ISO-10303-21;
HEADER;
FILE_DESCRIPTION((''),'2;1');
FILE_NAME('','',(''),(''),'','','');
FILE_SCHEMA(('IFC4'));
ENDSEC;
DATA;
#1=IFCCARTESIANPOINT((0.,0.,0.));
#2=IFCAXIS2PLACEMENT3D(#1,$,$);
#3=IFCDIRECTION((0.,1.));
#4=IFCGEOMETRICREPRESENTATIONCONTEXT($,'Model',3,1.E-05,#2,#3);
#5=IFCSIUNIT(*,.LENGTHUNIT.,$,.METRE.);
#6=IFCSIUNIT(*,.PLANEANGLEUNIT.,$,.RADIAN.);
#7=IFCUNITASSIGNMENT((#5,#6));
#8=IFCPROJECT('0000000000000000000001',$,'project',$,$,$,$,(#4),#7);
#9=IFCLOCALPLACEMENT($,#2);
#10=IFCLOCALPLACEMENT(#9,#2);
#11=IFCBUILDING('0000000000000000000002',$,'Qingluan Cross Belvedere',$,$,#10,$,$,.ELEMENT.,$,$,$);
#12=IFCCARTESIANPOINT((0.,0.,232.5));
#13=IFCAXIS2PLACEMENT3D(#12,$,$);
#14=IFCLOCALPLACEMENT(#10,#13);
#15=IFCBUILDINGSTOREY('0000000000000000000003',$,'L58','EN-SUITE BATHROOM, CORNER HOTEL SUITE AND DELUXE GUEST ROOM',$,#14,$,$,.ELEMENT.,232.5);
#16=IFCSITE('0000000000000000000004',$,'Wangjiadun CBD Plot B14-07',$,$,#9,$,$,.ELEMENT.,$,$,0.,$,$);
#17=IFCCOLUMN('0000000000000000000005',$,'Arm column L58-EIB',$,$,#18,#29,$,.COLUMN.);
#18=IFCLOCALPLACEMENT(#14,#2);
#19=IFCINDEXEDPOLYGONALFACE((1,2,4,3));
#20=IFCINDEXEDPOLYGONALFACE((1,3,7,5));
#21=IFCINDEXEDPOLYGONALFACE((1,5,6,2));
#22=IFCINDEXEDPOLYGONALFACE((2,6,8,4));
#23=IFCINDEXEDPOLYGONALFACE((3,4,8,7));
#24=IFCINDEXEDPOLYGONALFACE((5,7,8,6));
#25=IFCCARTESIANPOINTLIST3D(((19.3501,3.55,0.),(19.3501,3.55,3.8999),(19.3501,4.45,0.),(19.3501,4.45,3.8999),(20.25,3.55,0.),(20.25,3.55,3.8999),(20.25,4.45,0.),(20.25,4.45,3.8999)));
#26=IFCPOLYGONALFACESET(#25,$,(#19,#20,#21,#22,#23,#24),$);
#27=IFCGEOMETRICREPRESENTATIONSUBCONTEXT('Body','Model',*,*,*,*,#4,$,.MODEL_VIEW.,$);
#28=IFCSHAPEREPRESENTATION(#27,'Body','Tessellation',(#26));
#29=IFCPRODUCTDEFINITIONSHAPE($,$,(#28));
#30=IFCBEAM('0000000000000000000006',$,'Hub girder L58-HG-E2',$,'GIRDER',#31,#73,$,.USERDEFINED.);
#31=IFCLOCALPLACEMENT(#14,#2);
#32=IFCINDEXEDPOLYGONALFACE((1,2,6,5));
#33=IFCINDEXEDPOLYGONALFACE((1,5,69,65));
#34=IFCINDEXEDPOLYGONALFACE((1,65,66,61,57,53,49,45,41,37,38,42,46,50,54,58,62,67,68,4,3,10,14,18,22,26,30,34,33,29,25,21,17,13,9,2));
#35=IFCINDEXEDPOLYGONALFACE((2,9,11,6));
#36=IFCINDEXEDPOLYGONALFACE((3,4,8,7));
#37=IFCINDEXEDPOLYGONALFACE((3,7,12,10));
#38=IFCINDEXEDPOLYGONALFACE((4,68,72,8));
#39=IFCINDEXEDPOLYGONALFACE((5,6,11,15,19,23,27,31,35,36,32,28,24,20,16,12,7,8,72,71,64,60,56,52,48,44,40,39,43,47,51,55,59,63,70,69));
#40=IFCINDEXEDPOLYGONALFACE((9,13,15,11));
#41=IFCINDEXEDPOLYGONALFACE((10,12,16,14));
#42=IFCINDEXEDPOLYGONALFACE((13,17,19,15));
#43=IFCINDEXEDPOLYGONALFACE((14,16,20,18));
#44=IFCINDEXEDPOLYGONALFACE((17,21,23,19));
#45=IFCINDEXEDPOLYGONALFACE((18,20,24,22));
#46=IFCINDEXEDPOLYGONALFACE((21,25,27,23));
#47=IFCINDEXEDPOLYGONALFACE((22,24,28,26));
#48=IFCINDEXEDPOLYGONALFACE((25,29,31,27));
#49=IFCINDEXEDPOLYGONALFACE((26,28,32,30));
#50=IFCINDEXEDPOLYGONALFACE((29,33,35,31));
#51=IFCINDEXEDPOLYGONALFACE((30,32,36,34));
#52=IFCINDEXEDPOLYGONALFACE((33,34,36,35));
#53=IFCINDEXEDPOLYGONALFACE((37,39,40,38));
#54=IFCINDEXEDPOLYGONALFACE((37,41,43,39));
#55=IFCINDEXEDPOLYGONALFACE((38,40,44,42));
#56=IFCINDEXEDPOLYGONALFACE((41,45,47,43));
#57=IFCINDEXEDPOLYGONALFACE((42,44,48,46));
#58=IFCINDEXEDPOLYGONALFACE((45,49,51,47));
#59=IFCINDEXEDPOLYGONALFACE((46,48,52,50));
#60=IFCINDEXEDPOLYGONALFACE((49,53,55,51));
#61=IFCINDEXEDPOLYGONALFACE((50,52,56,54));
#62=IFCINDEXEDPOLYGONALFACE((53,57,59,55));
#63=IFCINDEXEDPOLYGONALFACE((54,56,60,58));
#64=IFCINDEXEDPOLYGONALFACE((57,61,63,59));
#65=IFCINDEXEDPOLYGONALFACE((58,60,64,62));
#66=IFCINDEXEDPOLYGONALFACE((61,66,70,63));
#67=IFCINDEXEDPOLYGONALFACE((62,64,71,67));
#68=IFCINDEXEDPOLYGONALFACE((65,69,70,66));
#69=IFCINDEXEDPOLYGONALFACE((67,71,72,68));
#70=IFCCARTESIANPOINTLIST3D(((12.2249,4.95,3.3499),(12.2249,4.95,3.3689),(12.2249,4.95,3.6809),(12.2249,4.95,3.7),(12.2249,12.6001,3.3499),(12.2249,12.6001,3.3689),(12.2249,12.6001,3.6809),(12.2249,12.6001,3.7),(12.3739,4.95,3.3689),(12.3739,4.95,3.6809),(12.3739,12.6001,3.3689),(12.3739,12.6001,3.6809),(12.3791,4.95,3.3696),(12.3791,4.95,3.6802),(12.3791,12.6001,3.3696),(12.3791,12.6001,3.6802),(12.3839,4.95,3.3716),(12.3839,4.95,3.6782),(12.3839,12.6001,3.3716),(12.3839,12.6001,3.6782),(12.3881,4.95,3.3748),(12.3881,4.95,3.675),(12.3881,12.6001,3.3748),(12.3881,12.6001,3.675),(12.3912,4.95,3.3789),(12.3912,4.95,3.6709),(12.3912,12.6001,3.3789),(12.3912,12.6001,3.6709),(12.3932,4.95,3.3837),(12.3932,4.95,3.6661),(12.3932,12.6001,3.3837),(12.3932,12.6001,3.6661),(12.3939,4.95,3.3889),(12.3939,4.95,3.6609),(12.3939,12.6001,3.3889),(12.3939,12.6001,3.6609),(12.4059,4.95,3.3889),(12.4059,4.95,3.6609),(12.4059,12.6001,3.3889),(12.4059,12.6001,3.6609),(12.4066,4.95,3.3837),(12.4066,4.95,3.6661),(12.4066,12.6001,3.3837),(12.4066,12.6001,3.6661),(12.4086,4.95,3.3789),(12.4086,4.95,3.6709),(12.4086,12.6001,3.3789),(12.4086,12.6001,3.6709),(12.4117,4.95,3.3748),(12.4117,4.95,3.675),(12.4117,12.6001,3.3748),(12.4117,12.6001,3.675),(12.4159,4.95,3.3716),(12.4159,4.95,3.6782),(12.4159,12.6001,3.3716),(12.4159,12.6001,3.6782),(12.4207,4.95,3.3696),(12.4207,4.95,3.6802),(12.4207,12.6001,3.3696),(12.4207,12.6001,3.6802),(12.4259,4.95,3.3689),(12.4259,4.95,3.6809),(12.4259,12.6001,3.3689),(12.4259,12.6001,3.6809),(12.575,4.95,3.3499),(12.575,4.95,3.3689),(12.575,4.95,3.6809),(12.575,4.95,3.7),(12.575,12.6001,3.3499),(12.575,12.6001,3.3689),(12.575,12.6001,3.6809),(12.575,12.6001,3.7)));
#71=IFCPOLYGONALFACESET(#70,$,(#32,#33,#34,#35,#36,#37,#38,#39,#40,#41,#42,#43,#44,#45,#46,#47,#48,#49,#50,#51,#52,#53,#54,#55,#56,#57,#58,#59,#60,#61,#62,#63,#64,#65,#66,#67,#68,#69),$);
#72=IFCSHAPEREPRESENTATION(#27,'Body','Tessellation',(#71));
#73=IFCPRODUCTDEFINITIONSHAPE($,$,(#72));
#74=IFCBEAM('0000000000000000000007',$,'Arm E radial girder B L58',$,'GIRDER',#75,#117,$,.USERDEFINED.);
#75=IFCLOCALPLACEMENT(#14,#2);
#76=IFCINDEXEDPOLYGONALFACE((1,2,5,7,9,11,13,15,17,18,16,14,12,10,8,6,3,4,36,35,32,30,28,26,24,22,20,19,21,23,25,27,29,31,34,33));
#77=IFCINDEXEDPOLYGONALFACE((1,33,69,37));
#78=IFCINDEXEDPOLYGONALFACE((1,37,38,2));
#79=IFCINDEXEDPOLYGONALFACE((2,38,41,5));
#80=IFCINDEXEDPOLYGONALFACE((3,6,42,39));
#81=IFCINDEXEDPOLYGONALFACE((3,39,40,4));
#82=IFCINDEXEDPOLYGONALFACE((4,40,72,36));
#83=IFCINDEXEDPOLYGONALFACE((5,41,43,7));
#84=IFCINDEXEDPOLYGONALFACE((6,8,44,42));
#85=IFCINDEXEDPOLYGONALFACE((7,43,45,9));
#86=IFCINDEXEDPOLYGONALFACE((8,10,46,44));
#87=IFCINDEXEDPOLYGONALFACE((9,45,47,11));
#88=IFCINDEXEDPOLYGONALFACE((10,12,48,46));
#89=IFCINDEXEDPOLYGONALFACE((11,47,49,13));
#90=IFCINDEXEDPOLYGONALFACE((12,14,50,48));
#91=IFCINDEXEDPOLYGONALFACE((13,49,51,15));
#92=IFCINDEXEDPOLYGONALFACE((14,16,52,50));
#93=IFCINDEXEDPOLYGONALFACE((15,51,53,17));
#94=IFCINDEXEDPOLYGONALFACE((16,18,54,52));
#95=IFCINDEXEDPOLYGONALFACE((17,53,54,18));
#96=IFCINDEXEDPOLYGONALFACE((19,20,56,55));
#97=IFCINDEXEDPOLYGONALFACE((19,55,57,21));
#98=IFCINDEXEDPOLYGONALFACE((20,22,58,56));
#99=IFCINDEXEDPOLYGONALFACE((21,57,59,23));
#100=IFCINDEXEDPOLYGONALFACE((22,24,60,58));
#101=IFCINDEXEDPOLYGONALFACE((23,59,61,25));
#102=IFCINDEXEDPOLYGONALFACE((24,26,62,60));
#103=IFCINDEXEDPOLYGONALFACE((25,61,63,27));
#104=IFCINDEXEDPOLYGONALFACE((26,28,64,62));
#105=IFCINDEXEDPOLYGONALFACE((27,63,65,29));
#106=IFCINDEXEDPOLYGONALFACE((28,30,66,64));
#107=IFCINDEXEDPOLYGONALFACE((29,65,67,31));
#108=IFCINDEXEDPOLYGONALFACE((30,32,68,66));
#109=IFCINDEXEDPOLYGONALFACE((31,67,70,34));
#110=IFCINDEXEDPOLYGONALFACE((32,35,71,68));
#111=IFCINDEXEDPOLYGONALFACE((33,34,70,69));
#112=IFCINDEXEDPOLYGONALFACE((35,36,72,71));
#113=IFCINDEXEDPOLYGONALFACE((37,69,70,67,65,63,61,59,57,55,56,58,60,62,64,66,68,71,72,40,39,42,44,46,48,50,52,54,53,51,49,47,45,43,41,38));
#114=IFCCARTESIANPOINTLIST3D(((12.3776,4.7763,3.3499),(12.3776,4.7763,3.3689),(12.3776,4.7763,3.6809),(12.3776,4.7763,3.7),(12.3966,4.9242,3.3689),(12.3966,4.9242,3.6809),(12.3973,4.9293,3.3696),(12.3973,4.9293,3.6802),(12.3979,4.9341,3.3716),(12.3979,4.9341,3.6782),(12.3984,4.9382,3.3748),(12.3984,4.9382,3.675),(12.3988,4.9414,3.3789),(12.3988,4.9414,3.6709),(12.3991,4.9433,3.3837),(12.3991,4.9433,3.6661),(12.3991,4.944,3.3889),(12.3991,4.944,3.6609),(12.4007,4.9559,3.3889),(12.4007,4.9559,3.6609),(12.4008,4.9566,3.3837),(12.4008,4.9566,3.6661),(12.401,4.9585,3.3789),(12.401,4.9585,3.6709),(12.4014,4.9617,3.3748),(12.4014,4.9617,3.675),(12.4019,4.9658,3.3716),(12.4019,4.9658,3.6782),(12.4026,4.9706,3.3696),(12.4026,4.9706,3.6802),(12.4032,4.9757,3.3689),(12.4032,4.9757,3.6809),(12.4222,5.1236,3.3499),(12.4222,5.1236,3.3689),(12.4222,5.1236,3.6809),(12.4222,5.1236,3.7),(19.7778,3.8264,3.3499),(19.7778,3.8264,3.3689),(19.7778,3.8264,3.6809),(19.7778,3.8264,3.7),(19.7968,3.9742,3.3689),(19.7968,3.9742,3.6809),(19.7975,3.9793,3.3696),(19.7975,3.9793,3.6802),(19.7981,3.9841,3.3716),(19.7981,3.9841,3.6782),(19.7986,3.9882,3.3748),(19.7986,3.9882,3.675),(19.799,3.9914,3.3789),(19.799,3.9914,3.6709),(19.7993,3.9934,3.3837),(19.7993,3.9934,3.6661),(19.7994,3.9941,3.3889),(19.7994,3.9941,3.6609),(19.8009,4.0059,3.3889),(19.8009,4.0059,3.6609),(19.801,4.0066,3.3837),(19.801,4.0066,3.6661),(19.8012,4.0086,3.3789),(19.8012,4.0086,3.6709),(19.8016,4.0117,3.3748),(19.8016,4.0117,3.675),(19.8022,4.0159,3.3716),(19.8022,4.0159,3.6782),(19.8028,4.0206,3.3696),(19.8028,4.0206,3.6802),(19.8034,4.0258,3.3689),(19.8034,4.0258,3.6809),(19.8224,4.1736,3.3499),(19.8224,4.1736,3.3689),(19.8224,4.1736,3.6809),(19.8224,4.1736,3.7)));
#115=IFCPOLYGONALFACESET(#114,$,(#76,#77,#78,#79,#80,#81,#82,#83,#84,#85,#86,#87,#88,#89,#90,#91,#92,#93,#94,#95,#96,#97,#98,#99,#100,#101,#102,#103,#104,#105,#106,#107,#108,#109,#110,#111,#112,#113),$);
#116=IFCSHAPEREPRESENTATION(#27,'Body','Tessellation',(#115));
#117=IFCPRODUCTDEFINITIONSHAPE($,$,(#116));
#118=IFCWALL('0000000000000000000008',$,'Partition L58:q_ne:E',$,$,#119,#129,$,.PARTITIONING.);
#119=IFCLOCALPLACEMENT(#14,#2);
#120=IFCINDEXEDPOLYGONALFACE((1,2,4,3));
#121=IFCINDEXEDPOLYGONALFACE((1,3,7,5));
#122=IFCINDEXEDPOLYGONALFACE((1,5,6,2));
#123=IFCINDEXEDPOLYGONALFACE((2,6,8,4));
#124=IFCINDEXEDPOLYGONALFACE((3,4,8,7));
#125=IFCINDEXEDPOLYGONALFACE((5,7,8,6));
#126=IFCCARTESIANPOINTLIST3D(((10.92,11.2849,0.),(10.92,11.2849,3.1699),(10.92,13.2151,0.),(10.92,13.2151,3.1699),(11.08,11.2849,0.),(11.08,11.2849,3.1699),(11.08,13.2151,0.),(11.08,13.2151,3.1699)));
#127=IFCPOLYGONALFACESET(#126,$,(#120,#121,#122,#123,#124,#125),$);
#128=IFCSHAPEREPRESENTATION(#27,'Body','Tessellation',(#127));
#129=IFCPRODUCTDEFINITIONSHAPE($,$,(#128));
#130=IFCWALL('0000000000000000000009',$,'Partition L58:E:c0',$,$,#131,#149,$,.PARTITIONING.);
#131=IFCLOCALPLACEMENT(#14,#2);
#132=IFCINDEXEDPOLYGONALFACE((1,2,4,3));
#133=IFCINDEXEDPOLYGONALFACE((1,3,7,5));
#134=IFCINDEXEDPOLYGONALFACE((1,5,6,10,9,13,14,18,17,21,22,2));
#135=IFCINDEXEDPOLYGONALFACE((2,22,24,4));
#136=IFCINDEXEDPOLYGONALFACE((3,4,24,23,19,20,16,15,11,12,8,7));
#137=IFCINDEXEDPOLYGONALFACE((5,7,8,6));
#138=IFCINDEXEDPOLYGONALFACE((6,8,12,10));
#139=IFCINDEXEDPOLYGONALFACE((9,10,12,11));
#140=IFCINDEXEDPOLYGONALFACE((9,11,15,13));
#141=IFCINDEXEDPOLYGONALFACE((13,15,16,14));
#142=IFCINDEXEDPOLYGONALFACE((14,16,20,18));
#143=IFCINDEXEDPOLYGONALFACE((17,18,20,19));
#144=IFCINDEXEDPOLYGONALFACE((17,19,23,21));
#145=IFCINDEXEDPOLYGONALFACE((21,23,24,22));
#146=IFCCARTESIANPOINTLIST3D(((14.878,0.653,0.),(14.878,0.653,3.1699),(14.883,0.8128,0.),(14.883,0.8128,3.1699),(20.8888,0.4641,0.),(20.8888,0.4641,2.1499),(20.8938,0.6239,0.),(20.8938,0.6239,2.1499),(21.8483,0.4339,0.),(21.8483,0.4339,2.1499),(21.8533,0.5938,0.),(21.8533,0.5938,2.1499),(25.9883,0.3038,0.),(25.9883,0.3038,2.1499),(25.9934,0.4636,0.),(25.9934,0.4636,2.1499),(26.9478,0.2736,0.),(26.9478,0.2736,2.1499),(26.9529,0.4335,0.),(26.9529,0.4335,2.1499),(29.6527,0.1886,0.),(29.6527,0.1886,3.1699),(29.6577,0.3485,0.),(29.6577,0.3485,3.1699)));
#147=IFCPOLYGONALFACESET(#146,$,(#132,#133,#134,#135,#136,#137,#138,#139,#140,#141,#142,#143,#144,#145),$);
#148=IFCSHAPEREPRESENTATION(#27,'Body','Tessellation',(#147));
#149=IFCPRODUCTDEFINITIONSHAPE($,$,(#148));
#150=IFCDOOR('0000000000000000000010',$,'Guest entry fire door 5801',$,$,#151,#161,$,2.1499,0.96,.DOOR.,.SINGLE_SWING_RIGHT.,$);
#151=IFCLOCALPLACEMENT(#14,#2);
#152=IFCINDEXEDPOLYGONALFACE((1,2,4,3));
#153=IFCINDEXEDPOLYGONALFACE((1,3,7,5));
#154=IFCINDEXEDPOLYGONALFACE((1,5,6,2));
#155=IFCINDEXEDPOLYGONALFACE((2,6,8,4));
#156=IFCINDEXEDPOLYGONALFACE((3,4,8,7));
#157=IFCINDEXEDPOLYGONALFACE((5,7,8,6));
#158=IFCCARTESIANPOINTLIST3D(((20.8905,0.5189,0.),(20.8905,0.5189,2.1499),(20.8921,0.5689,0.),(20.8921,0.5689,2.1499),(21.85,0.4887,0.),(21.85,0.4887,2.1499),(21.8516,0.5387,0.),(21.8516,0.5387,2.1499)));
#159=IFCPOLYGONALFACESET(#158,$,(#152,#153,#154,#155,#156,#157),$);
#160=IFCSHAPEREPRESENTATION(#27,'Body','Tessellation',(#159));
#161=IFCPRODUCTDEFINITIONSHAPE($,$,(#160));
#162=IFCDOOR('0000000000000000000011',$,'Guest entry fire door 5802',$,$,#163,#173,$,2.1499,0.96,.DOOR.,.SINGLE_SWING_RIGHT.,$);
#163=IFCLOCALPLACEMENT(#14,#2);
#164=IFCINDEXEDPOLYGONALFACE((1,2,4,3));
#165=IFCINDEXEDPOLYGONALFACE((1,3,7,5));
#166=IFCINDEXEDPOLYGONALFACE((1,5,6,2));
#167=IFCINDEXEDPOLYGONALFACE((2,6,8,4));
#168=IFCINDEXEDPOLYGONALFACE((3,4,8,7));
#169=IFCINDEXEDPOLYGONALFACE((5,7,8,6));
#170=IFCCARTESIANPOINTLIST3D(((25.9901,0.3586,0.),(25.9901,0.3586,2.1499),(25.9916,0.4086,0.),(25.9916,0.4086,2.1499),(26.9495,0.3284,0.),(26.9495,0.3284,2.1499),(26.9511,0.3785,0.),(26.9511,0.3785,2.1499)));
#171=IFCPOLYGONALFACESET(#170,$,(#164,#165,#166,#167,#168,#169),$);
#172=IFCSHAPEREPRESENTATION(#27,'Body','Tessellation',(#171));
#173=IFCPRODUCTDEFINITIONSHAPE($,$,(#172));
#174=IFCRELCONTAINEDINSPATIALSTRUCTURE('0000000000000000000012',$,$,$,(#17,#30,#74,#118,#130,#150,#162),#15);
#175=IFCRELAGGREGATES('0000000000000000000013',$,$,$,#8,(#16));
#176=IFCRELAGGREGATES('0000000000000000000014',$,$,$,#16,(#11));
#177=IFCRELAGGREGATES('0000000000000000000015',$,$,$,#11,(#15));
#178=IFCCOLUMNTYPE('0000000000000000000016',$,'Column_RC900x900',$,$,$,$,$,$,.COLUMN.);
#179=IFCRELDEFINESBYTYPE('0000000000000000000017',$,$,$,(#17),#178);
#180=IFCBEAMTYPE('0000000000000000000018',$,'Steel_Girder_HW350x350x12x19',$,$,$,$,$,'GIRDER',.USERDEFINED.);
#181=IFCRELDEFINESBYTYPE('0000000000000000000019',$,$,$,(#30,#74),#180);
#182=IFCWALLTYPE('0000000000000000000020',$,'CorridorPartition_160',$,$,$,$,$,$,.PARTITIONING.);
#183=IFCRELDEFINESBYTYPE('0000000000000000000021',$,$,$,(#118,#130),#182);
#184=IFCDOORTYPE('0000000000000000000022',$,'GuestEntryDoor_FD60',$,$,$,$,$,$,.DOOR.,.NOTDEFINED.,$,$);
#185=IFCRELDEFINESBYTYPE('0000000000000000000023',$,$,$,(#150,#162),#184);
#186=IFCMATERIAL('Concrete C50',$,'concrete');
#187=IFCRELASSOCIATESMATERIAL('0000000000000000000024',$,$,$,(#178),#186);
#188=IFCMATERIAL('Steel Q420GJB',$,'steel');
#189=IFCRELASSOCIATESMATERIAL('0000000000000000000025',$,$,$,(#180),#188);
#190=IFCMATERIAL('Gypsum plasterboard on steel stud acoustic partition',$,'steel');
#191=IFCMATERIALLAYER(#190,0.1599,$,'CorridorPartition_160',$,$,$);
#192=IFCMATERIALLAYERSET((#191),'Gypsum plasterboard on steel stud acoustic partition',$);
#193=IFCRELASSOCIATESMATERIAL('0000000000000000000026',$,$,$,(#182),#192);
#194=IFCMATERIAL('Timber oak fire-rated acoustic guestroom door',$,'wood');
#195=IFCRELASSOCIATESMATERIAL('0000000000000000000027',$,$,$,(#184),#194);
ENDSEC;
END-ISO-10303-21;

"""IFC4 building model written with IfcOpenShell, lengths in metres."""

from ifc_helpers import new_model, si_unit, direction, frame, frame_2d, origin, origin_2d, place, context, subcontext, project, spatial, rectangle, i_section, extrude, material, layer, layer_set, material_profile, profile_set, type_object, element, fill, save


model = new_model("IFC4")

# Units and contexts
model_context = context("Model", 3, precision=1e-05, world=origin(), true_north=direction((0.0, 1.0)))
body_context = subcontext(model_context, "Body", "Model", "MODEL_VIEW")
ifc_project = project(units=[si_unit("LENGTHUNIT", "METRE"), si_unit("PLANEANGLEUNIT", "RADIAN")], contexts=[model_context])

# Site, building, storey
site_placement = place(None, origin())
site = spatial("IfcSite", under=ifc_project, at=site_placement, Name="Wangjiadun CBD Plot B14-07", CompositionType="ELEMENT", RefElevation=0.0)
building_placement = place(site_placement, origin())
building = spatial("IfcBuilding", under=site, at=building_placement, Name="Qingluan Cross Belvedere", CompositionType="ELEMENT")
storey_placement = place(building_placement, frame((0.0, 0.0, 232.5)))
storey = spatial("IfcBuildingStorey", under=building, at=storey_placement, Name="L58", Description="EN-SUITE BATHROOM, CORNER HOTEL SUITE AND DELUXE GUEST ROOM", CompositionType="ELEMENT", Elevation=232.5)

# Column
ifc_material_1 = material(Name="Concrete C50", Category="concrete")
ifc_material_profile_1 = material_profile(ifc_material_1, rectangle(XDim=0.8999, YDim=0.8999, at=origin_2d()), Name="RC900x900")
ifc_profile_set_1 = profile_set([ifc_material_profile_1], Name="Concrete C50")
column_type = type_object("IfcColumnType", Name="Column_RC900x900", PredefinedType="COLUMN", material=ifc_profile_set_1)
column_placement = place(storey_placement, frame((19.8, 4.0, 0.0), z_axis=(0.0, 0.0, 1.0), x_axis=(1.0, 0.0, 0.0)))
element("IfcColumn", 1, at=column_placement, inside=storey, type_object=column_type, Name="Arm column L58-EIB", PredefinedType="COLUMN", context=body_context, shape_type="SweptSolid", body=[
    extrude(rectangle(XDim=0.8999, YDim=0.8999, at=origin_2d()), origin(), (0.0, 0.0, 1.0), 3.8999),
])

# Beams
ifc_material_2 = material(Name="Steel Q420GJB", Category="steel")
ifc_material_profile_2 = material_profile(ifc_material_2, i_section(OverallWidth=0.3501, OverallDepth=0.3501, WebThickness=0.012, FlangeThickness=0.019, FilletRadius=0.02, at=origin_2d()), Name="HW350x350x12x19")
ifc_profile_set_2 = profile_set([ifc_material_profile_2], Name="Steel Q420GJB")
beam_type = type_object("IfcBeamType", Name="Steel_Girder_HW350x350x12x19", ElementType="GIRDER", PredefinedType="USERDEFINED", material=ifc_profile_set_2)
beam_1_placement = place(storey_placement, frame((12.3999, 4.95, 3.5249), z_axis=(0.0, 1.0, 0.0), x_axis=(-1.0, 0.0, 0.0)))
element("IfcBeam", 2, at=beam_1_placement, inside=storey, type_object=beam_type, Name="Hub girder L58-HG-E2", ObjectType="GIRDER", PredefinedType="USERDEFINED", context=body_context, shape_type="SweptSolid", body=[
    extrude(i_section(OverallWidth=0.3501, OverallDepth=0.3501, WebThickness=0.012, FlangeThickness=0.019, FilletRadius=0.02, at=origin_2d()), origin(), (0.0, 0.0, 1.0), 7.6501),
])
beam_2_placement = place(storey_placement, frame((12.3999, 4.95, 3.5249), z_axis=(0.991861, -0.127324, 0.0), x_axis=(0.127324, 0.991861, 0.0)))
element("IfcBeam", 3, at=beam_2_placement, inside=storey, type_object=beam_type, Name="Arm E radial girder B L58", ObjectType="GIRDER", PredefinedType="USERDEFINED", context=body_context, shape_type="SweptSolid", body=[
    extrude(i_section(OverallWidth=0.3501, OverallDepth=0.3501, WebThickness=0.012, FlangeThickness=0.019, FilletRadius=0.02, at=origin_2d()), origin(), (0.0, 0.0, 1.0), 7.4609),
])

# Wall
ifc_material_3 = material(Name="Gypsum plasterboard on steel stud acoustic partition", Category="steel")
ifc_layer_1 = layer(ifc_material_3, 0.1599, Name="CorridorPartition_160")
ifc_layer_set_1 = layer_set([ifc_layer_1], Name="Gypsum plasterboard on steel stud acoustic partition")
wall_type_1 = type_object("IfcWallType", Name="CorridorPartition_160", PredefinedType="PARTITIONING", material=ifc_layer_set_1)
wall_1_placement = place(storey_placement, frame((11.0, 11.2849, 0.0), z_axis=(0.0, 0.0, 1.0), x_axis=(0.0, 1.0, 0.0)))
element("IfcWall", 4, at=wall_1_placement, inside=storey, type_object=wall_type_1, Name="Partition L58:q_ne:E", PredefinedType="PARTITIONING", context=body_context, shape_type="SweptSolid", body=[
    extrude(rectangle(XDim=1.9302, YDim=0.1599, at=frame_2d((0.9651, 0.0))), origin(), (0.0, 0.0, 1.0), 3.1699),
])

# Wall, openings, doors
wall_2_placement = place(storey_placement, frame((14.8804, 0.7329, 0.0), z_axis=(0.0, 0.0, 1.0), x_axis=(0.999506, -0.031414, 0.0)))
wall_2 = element("IfcWall", 5, at=wall_2_placement, inside=storey, type_object=wall_type_1, Name="Partition L58:E:c0", PredefinedType="PARTITIONING", context=body_context, shape_type="SweptSolid", body=[
    extrude(rectangle(XDim=14.782, YDim=0.1599, at=frame_2d((7.3911, 0.0))), origin(), (0.0, 0.0, 1.0), 3.1699),
])
opening_1_placement = place(wall_2_placement, frame((6.0139, 0.0, 0.0)))
opening_1 = element("IfcOpeningElement", 6, at=opening_1_placement, cuts=wall_2, PredefinedType="OPENING", context=body_context, shape_type="SweptSolid", body=[
    extrude(rectangle(XDim=0.96, YDim=2.1499, at=frame_2d((0.48, 1.075))), frame((0.0, 0.0898, 0.0), z_axis=(0.0, -1.0, 0.0), x_axis=(1.0, 0.0, 0.0)), (0.0, 0.0, 1.0), 0.1799),
])
opening_2_placement = place(wall_2_placement, frame((11.116, 0.0, 0.0)))
opening_2 = element("IfcOpeningElement", 7, at=opening_2_placement, cuts=wall_2, PredefinedType="OPENING", context=body_context, shape_type="SweptSolid", body=[
    extrude(rectangle(XDim=0.96, YDim=2.1499, at=frame_2d((0.48, 1.075))), frame((0.0, 0.0898, 0.0), z_axis=(0.0, -1.0, 0.0), x_axis=(1.0, 0.0, 0.0)), (0.0, 0.0, 1.0), 0.1799),
])
ifc_material_4 = material(Name="Timber oak fire-rated acoustic guestroom door", Category="wood")
door_type_1 = type_object("IfcDoorType", Name="GuestEntryDoor_FD60", OperationType="NOTDEFINED", PredefinedType="DOOR", material=ifc_material_4)
door_1_placement = place(opening_1_placement, origin())
door_1 = element("IfcDoor", 8, at=door_1_placement, inside=storey, type_object=door_type_1, Name="Guest entry fire door 5801", OperationType="SINGLE_SWING_RIGHT", OverallHeight=2.1499, OverallWidth=0.96, PredefinedType="DOOR", context=body_context, shape_type="SweptSolid", body=[
    extrude(rectangle(XDim=0.96, YDim=2.1499, at=frame_2d((0.48, 1.075))), frame((0.0, 0.0249, 0.0), z_axis=(0.0, -1.0, 0.0), x_axis=(1.0, 0.0, 0.0)), (0.0, 0.0, 1.0), 0.05),
])
fill(opening_1, door_1)
door_2_placement = place(opening_2_placement, origin())
door_2 = element("IfcDoor", 9, at=door_2_placement, inside=storey, type_object=door_type_1, Name="Guest entry fire door 5802", OperationType="SINGLE_SWING_RIGHT", OverallHeight=2.1499, OverallWidth=0.96, PredefinedType="DOOR", context=body_context, shape_type="SweptSolid", body=[
    extrude(rectangle(XDim=0.96, YDim=2.1499, at=frame_2d((0.48, 1.075))), frame((0.0, 0.0249, 0.0), z_axis=(0.0, -1.0, 0.0), x_axis=(1.0, 0.0, 0.0)), (0.0, 0.0, 1.0), 0.05),
])
fill(opening_2, door_2)

save(model, "model.ifc")
